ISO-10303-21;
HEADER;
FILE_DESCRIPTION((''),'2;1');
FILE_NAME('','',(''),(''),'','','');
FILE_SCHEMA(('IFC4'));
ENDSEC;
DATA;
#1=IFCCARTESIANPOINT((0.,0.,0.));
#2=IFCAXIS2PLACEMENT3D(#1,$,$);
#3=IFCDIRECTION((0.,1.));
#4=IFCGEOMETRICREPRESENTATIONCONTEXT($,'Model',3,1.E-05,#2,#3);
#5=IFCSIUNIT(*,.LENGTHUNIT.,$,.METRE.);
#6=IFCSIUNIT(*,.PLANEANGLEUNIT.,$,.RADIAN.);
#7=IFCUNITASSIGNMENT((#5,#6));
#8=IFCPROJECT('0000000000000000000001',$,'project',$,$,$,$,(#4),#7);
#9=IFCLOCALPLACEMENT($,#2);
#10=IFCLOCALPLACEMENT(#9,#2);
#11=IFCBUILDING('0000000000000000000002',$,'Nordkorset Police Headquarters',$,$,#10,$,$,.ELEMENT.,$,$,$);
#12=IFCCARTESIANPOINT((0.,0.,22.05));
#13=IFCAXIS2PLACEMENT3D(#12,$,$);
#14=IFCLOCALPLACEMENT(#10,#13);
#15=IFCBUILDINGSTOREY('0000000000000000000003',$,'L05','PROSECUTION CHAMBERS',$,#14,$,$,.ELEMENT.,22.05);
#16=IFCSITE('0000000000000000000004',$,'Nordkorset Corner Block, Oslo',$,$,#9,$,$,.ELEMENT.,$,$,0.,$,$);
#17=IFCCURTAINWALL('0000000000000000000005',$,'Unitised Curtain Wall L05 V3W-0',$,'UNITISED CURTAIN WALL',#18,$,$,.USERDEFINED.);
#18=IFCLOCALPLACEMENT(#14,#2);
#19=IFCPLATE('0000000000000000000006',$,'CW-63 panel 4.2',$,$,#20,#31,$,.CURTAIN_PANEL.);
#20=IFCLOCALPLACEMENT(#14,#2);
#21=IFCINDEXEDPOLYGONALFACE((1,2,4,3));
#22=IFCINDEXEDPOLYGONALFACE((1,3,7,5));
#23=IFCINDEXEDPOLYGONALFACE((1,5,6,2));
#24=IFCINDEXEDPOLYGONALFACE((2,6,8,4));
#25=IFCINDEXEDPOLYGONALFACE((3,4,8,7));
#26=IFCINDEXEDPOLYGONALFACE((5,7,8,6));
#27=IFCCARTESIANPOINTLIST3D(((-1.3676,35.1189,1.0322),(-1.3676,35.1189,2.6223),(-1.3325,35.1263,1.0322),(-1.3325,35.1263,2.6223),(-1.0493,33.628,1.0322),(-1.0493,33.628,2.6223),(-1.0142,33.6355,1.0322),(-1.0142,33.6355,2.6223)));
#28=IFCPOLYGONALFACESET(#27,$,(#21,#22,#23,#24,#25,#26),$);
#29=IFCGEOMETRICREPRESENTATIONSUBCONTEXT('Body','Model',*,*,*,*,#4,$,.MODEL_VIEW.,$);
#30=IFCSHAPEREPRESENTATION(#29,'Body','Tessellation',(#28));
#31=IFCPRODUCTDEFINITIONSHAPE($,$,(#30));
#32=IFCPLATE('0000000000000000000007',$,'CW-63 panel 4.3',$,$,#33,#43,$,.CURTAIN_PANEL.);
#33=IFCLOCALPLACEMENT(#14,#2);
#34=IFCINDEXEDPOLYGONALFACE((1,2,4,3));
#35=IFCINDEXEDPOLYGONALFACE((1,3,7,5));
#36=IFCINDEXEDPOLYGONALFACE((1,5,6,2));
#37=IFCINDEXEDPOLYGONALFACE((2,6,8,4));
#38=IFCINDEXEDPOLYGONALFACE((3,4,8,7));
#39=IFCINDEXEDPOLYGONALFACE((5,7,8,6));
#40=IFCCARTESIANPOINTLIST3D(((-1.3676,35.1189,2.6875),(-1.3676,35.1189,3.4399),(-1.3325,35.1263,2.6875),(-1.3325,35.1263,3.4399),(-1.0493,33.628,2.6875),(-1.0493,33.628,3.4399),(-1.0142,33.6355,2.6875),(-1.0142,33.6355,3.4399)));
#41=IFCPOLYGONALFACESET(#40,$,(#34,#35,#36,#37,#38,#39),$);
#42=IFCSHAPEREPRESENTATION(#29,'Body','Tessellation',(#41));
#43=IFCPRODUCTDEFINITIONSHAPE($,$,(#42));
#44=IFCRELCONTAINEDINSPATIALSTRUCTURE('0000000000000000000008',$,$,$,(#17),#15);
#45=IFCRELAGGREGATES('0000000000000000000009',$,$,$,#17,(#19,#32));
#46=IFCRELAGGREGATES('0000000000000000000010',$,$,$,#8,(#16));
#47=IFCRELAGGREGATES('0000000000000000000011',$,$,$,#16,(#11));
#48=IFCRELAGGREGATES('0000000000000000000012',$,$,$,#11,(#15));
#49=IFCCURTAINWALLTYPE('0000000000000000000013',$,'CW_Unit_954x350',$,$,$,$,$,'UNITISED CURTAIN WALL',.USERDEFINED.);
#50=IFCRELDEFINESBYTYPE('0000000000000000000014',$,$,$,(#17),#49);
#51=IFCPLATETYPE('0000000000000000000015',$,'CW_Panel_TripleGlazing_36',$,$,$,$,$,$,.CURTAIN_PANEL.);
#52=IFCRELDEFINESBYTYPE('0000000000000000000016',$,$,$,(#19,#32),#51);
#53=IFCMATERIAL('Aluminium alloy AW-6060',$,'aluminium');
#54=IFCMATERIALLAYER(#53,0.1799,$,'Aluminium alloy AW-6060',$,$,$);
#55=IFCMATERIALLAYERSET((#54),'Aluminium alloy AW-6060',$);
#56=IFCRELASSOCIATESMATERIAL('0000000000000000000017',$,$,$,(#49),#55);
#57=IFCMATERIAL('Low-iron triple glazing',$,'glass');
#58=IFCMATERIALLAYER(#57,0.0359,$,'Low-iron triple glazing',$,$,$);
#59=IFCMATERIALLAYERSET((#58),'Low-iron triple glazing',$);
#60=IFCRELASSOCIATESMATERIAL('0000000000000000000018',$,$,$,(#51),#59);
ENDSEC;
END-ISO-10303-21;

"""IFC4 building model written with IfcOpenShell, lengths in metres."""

from ifc_helpers import new_model, si_unit, direction, frame, origin, origin_2d, place, context, subcontext, project, spatial, rectangle, extrude, material, layer, layer_set, type_object, element, aggregate, save


model = new_model("IFC4")

# Units and contexts
model_context = context("Model", 3, precision=1e-05, world=origin(), true_north=direction((0.0, 1.0)))
body_context = subcontext(model_context, "Body", "Model", "MODEL_VIEW")
ifc_project = project(units=[si_unit("LENGTHUNIT", "METRE"), si_unit("PLANEANGLEUNIT", "RADIAN")], contexts=[model_context])

# Site, building, storey
site_placement = place(None, origin())
site = spatial("IfcSite", under=ifc_project, at=site_placement, Name="Nordkorset Corner Block, Oslo", CompositionType="ELEMENT", RefElevation=0.0)
building_placement = place(site_placement, origin())
building = spatial("IfcBuilding", under=site, at=building_placement, Name="Nordkorset Police Headquarters", CompositionType="ELEMENT")
storey_placement = place(building_placement, frame((0.0, 0.0, 22.05)))
storey = spatial("IfcBuildingStorey", under=building, at=storey_placement, Name="L05", Description="PROSECUTION CHAMBERS", CompositionType="ELEMENT", Elevation=22.05)

# Curtain wall, plates
ifc_material_1 = material(Name="Aluminium alloy AW-6060", Category="aluminium")
ifc_layer_1 = layer(ifc_material_1, 0.1799, Name="Aluminium alloy AW-6060")
ifc_layer_set_1 = layer_set([ifc_layer_1], Name="Aluminium alloy AW-6060")
curtain_wall_type = type_object("IfcCurtainWallType", Name="CW_Unit_954x350", ElementType="UNITISED CURTAIN WALL", PredefinedType="USERDEFINED", material=ifc_layer_set_1)
curtain_wall_placement = place(storey_placement, origin())
curtain_wall = element("IfcCurtainWall", 1, at=curtain_wall_placement, inside=storey, type_object=curtain_wall_type, Name="Unitised Curtain Wall L05 V3W-0", ObjectType="UNITISED CURTAIN WALL", PredefinedType="USERDEFINED")
ifc_material_2 = material(Name="Low-iron triple glazing", Category="glass")
ifc_layer_2 = layer(ifc_material_2, 0.0359, Name="Low-iron triple glazing")
ifc_layer_set_2 = layer_set([ifc_layer_2], Name="Low-iron triple glazing")
plate_type = type_object("IfcPlateType", Name="CW_Panel_TripleGlazing_36", PredefinedType="CURTAIN_PANEL", material=ifc_layer_set_2)
plate_1_placement = place(storey_placement, frame((-1.1909, 34.3772, 1.0322), z_axis=(0.0, 0.0, 1.0), x_axis=(-0.208833, 0.977951, 0.0)))
plate_1 = element("IfcPlate", 2, at=plate_1_placement, type_object=plate_type, Name="CW-63 panel 4.2", PredefinedType="CURTAIN_PANEL", context=body_context, shape_type="SweptSolid", body=[
    extrude(rectangle(XDim=1.5244, YDim=0.0359, at=origin_2d()), origin(), (0.0, 0.0, 1.0), 1.5901),
])
plate_2_placement = place(storey_placement, frame((-1.1909, 34.3772, 2.6875), z_axis=(0.0, 0.0, 1.0), x_axis=(-0.208833, 0.977951, 0.0)))
plate_2 = element("IfcPlate", 3, at=plate_2_placement, type_object=plate_type, Name="CW-63 panel 4.3", PredefinedType="CURTAIN_PANEL", context=body_context, shape_type="SweptSolid", body=[
    extrude(rectangle(XDim=1.5244, YDim=0.0359, at=origin_2d()), origin(), (0.0, 0.0, 1.0), 0.7524),
])
aggregate(curtain_wall, [plate_1, plate_2])

save(model, "model.ifc")
